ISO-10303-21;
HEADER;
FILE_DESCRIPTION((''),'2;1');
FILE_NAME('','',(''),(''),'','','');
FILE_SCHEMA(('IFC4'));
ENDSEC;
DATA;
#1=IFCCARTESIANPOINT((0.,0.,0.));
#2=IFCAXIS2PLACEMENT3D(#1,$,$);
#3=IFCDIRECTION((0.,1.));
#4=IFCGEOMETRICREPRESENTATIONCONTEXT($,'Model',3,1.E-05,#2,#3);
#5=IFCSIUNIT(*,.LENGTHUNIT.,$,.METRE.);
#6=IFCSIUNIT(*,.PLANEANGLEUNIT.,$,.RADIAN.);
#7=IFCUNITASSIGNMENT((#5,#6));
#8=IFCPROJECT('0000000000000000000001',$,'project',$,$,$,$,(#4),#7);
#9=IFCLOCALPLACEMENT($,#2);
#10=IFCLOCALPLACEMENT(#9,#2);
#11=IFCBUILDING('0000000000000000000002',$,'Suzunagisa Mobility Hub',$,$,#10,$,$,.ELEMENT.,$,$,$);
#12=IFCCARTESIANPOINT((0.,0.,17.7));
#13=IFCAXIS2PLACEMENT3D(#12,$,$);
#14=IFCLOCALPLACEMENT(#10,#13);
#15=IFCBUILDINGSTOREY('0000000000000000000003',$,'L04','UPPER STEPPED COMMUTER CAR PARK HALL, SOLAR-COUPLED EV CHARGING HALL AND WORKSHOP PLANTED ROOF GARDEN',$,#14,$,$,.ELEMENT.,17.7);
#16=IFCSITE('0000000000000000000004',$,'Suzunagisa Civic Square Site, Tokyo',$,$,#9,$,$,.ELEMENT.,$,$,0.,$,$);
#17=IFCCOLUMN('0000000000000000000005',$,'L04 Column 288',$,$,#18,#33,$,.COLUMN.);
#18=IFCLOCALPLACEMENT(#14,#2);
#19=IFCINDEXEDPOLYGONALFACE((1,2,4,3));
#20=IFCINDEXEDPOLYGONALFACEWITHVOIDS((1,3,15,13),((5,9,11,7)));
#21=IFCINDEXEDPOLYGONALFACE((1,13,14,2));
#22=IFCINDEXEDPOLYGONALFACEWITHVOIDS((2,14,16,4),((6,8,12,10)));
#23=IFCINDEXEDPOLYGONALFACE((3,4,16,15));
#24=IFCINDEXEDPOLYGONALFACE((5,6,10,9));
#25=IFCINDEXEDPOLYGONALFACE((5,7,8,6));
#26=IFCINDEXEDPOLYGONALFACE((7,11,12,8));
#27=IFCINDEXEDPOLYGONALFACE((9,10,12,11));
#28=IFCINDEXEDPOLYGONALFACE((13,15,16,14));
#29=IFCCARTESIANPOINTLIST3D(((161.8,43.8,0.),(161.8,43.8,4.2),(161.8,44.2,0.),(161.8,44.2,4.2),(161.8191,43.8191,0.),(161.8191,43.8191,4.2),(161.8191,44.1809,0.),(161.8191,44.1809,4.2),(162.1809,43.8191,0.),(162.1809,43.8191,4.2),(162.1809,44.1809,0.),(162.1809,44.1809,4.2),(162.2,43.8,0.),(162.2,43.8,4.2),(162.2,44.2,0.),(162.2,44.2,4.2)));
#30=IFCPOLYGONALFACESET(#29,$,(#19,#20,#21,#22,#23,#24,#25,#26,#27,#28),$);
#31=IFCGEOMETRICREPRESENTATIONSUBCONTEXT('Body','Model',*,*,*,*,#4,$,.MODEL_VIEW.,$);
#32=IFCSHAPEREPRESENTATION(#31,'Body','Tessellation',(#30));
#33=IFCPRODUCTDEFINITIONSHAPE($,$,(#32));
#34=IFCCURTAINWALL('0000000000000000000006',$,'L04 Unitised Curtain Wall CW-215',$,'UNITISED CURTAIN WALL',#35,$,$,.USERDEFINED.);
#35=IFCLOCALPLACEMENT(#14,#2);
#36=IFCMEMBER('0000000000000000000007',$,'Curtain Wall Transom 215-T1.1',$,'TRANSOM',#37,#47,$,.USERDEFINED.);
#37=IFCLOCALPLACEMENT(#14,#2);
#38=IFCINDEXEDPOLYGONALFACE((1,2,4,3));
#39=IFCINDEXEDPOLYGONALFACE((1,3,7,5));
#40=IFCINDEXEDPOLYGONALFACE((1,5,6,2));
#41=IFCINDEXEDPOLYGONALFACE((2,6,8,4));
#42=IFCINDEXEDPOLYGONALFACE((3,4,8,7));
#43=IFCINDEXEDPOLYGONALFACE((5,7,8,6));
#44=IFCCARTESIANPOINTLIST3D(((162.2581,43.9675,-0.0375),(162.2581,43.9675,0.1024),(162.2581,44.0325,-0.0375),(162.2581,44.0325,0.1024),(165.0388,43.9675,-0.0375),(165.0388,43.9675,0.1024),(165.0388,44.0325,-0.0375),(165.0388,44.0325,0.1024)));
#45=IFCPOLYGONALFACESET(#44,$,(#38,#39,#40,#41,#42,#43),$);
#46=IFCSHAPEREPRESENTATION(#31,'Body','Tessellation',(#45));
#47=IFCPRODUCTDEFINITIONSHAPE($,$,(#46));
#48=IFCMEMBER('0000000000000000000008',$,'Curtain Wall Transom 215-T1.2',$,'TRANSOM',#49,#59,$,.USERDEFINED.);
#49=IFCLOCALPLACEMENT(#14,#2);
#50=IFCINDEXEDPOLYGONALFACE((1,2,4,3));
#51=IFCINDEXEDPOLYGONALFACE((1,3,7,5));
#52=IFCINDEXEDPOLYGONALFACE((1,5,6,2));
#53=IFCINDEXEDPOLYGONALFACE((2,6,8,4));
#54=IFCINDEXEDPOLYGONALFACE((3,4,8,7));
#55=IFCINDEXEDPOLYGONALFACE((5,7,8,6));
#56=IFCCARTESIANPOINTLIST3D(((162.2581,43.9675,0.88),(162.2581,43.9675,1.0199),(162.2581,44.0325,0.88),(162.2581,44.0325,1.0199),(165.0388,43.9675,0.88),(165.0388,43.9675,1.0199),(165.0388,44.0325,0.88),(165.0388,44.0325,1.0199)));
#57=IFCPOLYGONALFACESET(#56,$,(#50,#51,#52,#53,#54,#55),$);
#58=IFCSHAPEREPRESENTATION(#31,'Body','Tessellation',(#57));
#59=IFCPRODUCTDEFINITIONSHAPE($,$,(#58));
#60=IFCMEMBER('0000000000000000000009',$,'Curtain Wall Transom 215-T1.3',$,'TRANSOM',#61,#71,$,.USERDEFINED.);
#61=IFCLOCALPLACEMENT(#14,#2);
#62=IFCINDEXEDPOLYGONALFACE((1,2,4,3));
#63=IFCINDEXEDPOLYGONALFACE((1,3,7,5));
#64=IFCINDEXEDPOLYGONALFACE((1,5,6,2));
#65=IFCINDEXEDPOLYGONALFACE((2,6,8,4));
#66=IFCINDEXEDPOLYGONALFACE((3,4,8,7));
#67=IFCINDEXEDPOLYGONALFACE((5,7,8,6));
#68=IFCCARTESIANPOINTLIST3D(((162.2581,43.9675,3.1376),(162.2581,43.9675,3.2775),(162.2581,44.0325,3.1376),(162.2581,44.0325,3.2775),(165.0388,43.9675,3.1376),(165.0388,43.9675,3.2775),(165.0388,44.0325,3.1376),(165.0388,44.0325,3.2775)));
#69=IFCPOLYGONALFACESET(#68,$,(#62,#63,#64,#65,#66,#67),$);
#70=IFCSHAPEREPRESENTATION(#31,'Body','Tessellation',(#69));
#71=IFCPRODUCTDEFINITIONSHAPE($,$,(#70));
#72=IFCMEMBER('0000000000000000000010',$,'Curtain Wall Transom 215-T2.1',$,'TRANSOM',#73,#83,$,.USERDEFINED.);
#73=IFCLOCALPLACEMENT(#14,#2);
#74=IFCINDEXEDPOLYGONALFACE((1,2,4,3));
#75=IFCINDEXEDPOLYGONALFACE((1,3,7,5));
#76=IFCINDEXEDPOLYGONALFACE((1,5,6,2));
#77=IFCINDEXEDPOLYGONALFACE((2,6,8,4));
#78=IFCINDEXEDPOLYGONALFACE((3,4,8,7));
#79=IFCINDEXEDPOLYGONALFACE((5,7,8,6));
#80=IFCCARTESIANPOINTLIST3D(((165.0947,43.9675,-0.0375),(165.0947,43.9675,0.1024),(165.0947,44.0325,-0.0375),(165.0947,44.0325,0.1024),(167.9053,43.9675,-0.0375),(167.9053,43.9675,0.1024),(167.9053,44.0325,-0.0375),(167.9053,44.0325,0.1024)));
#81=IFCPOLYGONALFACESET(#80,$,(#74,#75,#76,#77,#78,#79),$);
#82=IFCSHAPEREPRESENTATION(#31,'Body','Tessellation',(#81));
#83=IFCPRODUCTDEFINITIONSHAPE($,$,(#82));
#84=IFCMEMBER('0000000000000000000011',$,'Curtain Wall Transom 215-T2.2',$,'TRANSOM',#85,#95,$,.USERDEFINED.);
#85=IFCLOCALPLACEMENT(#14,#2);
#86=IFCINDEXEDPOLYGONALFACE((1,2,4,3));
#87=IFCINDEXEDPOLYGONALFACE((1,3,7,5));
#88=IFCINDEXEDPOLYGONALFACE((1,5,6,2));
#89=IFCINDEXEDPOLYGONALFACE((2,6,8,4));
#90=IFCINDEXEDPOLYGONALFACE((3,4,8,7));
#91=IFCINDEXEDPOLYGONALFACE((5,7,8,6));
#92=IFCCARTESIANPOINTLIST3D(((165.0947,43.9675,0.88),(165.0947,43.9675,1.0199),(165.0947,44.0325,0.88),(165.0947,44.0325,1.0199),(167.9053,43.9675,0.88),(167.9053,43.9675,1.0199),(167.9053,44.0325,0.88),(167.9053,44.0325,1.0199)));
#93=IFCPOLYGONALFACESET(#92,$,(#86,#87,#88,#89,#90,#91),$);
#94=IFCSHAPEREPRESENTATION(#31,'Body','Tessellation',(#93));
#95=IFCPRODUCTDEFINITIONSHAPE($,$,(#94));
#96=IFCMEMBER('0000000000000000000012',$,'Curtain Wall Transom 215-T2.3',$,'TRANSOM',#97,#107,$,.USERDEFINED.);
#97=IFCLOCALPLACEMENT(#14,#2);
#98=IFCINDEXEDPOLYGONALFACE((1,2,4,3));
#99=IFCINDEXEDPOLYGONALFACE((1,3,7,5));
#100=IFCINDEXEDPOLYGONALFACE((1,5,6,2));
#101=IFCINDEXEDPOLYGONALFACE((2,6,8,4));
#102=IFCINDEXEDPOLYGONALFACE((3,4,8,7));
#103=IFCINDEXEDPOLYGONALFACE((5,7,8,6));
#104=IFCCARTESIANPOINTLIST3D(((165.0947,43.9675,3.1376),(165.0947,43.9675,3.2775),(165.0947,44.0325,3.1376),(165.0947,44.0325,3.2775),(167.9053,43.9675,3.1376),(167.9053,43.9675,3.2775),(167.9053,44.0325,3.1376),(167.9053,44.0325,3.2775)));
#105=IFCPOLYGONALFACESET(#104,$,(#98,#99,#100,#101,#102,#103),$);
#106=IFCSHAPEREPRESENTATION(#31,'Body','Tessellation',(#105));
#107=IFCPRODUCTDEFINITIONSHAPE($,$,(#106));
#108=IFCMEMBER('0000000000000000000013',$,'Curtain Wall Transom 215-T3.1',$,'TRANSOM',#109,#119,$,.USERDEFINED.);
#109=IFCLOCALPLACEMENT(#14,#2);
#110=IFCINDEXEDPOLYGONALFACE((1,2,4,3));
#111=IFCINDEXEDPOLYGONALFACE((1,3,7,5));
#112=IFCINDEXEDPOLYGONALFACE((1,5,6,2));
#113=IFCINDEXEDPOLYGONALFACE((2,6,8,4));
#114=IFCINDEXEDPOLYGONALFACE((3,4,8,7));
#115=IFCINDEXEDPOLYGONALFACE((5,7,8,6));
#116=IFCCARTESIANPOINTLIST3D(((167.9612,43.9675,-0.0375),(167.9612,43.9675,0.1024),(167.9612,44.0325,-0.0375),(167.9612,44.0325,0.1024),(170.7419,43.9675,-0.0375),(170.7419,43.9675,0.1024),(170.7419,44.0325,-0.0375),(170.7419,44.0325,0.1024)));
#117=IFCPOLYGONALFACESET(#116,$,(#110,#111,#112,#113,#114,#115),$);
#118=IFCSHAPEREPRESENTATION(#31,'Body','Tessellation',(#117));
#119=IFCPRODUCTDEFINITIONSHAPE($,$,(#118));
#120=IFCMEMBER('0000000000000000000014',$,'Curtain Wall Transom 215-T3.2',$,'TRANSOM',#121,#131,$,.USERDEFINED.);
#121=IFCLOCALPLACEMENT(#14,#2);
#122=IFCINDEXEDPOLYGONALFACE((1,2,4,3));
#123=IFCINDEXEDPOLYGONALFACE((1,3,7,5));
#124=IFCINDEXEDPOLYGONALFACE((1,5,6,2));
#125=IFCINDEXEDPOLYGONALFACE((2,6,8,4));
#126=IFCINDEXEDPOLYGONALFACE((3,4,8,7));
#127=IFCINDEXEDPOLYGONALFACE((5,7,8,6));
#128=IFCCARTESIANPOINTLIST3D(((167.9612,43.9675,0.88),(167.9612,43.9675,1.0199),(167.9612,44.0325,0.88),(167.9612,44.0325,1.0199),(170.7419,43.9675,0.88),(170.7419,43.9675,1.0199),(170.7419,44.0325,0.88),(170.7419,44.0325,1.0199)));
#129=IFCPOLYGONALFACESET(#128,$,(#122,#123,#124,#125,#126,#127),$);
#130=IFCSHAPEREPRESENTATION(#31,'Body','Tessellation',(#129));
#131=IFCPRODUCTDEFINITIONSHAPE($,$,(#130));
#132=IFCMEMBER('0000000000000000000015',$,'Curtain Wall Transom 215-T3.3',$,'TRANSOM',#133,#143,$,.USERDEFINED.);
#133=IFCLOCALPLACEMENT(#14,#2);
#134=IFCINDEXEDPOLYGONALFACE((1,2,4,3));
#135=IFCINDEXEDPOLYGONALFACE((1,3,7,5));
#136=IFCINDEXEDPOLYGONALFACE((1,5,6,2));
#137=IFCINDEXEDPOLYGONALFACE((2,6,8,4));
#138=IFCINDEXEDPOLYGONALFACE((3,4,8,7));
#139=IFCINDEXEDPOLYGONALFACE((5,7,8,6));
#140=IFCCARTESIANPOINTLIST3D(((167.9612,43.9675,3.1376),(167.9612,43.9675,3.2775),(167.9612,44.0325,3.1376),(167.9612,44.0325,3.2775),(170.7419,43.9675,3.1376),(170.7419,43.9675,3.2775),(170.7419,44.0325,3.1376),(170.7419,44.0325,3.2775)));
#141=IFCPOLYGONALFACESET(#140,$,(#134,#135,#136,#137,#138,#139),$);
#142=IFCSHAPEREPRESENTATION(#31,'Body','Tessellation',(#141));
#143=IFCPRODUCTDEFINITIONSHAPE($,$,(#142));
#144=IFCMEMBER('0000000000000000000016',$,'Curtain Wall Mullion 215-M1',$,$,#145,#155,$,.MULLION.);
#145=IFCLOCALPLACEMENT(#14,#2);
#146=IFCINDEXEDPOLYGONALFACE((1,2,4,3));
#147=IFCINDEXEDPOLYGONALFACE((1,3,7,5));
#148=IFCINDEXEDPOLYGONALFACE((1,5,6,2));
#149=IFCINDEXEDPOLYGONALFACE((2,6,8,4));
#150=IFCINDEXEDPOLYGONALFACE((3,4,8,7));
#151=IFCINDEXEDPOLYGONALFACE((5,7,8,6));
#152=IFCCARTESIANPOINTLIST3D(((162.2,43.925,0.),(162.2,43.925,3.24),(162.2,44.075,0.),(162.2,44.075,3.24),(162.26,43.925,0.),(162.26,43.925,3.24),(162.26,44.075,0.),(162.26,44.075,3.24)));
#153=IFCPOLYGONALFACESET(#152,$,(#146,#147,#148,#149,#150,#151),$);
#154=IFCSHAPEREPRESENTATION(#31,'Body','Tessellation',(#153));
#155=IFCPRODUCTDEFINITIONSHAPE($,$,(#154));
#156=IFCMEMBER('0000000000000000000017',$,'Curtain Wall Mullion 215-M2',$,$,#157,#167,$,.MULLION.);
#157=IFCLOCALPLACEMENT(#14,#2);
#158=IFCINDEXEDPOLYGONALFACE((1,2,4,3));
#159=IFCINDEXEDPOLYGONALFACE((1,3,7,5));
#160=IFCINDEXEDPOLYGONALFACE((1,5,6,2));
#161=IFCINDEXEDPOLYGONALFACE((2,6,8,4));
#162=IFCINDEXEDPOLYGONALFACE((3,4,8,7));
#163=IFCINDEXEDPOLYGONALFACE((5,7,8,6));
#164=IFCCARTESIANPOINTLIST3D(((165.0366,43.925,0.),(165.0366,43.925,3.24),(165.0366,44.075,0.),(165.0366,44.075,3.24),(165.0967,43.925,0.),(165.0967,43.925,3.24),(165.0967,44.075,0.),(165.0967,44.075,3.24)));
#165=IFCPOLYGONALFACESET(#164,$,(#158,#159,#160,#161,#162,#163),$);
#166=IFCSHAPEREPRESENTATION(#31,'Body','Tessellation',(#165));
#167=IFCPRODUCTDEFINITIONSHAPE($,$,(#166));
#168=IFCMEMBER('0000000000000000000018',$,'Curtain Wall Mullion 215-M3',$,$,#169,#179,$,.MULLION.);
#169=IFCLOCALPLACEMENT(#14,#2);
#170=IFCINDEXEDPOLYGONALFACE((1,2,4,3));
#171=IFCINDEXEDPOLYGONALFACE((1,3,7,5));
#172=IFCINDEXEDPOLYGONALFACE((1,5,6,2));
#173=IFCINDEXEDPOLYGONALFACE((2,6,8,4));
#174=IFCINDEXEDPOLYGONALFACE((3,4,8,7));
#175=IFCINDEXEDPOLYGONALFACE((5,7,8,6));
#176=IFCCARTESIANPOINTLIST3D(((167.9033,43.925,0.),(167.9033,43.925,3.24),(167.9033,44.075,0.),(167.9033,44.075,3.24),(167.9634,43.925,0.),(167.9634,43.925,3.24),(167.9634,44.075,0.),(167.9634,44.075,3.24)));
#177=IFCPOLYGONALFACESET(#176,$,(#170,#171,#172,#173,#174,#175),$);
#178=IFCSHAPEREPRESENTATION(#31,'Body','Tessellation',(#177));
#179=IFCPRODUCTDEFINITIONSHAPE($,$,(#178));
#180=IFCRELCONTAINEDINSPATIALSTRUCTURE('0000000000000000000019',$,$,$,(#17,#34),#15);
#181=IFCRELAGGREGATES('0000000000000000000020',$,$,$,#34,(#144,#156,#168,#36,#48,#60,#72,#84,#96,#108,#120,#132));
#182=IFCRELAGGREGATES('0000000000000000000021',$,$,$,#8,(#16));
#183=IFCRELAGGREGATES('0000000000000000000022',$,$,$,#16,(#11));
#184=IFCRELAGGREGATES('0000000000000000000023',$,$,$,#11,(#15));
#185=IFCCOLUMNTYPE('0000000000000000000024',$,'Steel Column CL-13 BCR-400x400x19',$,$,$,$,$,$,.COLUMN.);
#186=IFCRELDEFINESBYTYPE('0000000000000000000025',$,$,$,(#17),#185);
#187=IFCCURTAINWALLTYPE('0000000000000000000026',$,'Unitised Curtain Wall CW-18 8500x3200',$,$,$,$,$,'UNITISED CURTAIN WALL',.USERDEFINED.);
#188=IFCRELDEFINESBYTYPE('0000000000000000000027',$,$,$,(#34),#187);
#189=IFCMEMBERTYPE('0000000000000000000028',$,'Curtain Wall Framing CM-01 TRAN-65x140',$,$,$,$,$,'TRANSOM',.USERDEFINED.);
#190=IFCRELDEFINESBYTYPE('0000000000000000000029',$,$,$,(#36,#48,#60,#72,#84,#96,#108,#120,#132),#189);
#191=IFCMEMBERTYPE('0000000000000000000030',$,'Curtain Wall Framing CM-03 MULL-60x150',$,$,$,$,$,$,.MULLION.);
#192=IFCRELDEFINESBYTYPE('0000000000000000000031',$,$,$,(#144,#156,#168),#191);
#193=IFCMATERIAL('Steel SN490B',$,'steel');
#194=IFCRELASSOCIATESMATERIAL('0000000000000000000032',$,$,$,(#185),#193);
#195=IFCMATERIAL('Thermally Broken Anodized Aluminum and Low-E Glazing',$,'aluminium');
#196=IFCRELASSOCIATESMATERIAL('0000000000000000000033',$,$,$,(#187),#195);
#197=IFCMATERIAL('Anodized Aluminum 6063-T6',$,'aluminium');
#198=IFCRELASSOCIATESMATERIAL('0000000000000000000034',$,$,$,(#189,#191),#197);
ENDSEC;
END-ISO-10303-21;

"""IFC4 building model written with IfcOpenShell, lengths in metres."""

from ifc_helpers import new_model, si_unit, direction, frame, origin, origin_2d, place, context, subcontext, project, spatial, rectangle, hollow_rectangle, extrude, material, material_profile, profile_set, type_object, element, aggregate, save


model = new_model("IFC4")

# Units and contexts
model_context = context("Model", 3, precision=1e-05, world=origin(), true_north=direction((0.0, 1.0)))
body_context = subcontext(model_context, "Body", "Model", "MODEL_VIEW")
ifc_project = project(units=[si_unit("LENGTHUNIT", "METRE"), si_unit("PLANEANGLEUNIT", "RADIAN")], contexts=[model_context])

# Site, building, storey
site_placement = place(None, origin())
site = spatial("IfcSite", under=ifc_project, at=site_placement, Name="Suzunagisa Civic Square Site, Tokyo", CompositionType="ELEMENT", RefElevation=0.0)
building_placement = place(site_placement, origin())
building = spatial("IfcBuilding", under=site, at=building_placement, Name="Suzunagisa Mobility Hub", CompositionType="ELEMENT")
storey_placement = place(building_placement, frame((0.0, 0.0, 17.7)))
storey = spatial("IfcBuildingStorey", under=building, at=storey_placement, Name="L04", Description="UPPER STEPPED COMMUTER CAR PARK HALL, SOLAR-COUPLED EV CHARGING HALL AND WORKSHOP PLANTED ROOF GARDEN", CompositionType="ELEMENT", Elevation=17.7)

# Column
ifc_material_1 = material(Name="Steel SN490B", Category="steel")
ifc_material_profile_1 = material_profile(ifc_material_1, hollow_rectangle(XDim=0.3999, YDim=0.3999, WallThickness=0.019, at=origin_2d()), Name="BCR-400x400x19")
ifc_profile_set_1 = profile_set([ifc_material_profile_1], Name="Steel SN490B")
column_type = type_object("IfcColumnType", Name="Steel Column CL-13 BCR-400x400x19", PredefinedType="COLUMN", material=ifc_profile_set_1)
column_placement = place(storey_placement, frame((162.0, 44.0, 0.0), z_axis=(0.0, 0.0, 1.0), x_axis=(1.0, 0.0, 0.0)))
element("IfcColumn", 1, at=column_placement, inside=storey, type_object=column_type, Name="L04 Column 288", PredefinedType="COLUMN", context=body_context, shape_type="SweptSolid", body=[
    extrude(hollow_rectangle(XDim=0.3999, YDim=0.3999, WallThickness=0.019, at=origin_2d()), origin(), (0.0, 0.0, 1.0), 4.2),
])

# Curtain wall, members
ifc_material_2 = material(Name="Thermally Broken Anodized Aluminum and Low-E Glazing", Category="aluminium")
curtain_wall_type = type_object("IfcCurtainWallType", Name="Unitised Curtain Wall CW-18 8500x3200", ElementType="UNITISED CURTAIN WALL", PredefinedType="USERDEFINED", material=ifc_material_2)
curtain_wall_placement = place(storey_placement, origin())
curtain_wall = element("IfcCurtainWall", 2, at=curtain_wall_placement, inside=storey, type_object=curtain_wall_type, Name="L04 Unitised Curtain Wall CW-215", ObjectType="UNITISED CURTAIN WALL", PredefinedType="USERDEFINED")
ifc_material_3 = material(Name="Anodized Aluminum 6063-T6", Category="aluminium")
ifc_material_profile_2 = material_profile(ifc_material_3, rectangle(XDim=0.0649, YDim=0.1399, at=origin_2d()), Name="TRAN-65x140")
ifc_profile_set_2 = profile_set([ifc_material_profile_2], Name="Anodized Aluminum 6063-T6")
member_type_1 = type_object("IfcMemberType", Name="Curtain Wall Framing CM-01 TRAN-65x140", ElementType="TRANSOM", PredefinedType="USERDEFINED", material=ifc_profile_set_2)
member_1_placement = place(storey_placement, frame((162.2581, 44.0, 0.0325), z_axis=(1.0, 0.0, 0.0), x_axis=(0.0, 1.0, 0.0)))
member_1 = element("IfcMember", 3, at=member_1_placement, type_object=member_type_1, Name="Curtain Wall Transom 215-T1.1", ObjectType="TRANSOM", PredefinedType="USERDEFINED", context=body_context, shape_type="SweptSolid", body=[
    extrude(rectangle(XDim=0.0649, YDim=0.1399, at=origin_2d()), origin(), (0.0, 0.0, 1.0), 2.7808),
])
member_2_placement = place(storey_placement, frame((162.2581, 44.0, 0.95), z_axis=(1.0, 0.0, 0.0), x_axis=(0.0, 1.0, 0.0)))
member_2 = element("IfcMember", 4, at=member_2_placement, type_object=member_type_1, Name="Curtain Wall Transom 215-T1.2", ObjectType="TRANSOM", PredefinedType="USERDEFINED", context=body_context, shape_type="SweptSolid", body=[
    extrude(rectangle(XDim=0.0649, YDim=0.1399, at=origin_2d()), origin(), (0.0, 0.0, 1.0), 2.7808),
])
member_3_placement = place(storey_placement, frame((162.2581, 44.0, 3.2075), z_axis=(1.0, 0.0, 0.0), x_axis=(0.0, 1.0, 0.0)))
member_3 = element("IfcMember", 5, at=member_3_placement, type_object=member_type_1, Name="Curtain Wall Transom 215-T1.3", ObjectType="TRANSOM", PredefinedType="USERDEFINED", context=body_context, shape_type="SweptSolid", body=[
    extrude(rectangle(XDim=0.0649, YDim=0.1399, at=origin_2d()), origin(), (0.0, 0.0, 1.0), 2.7808),
])
member_4_placement = place(storey_placement, frame((165.0947, 44.0, 0.0325), z_axis=(1.0, 0.0, 0.0), x_axis=(0.0, 1.0, 0.0)))
member_4 = element("IfcMember", 6, at=member_4_placement, type_object=member_type_1, Name="Curtain Wall Transom 215-T2.1", ObjectType="TRANSOM", PredefinedType="USERDEFINED", context=body_context, shape_type="SweptSolid", body=[
    extrude(rectangle(XDim=0.0649, YDim=0.1399, at=origin_2d()), origin(), (0.0, 0.0, 1.0), 2.8105),
])
member_5_placement = place(storey_placement, frame((165.0947, 44.0, 0.95), z_axis=(1.0, 0.0, 0.0), x_axis=(0.0, 1.0, 0.0)))
member_5 = element("IfcMember", 7, at=member_5_placement, type_object=member_type_1, Name="Curtain Wall Transom 215-T2.2", ObjectType="TRANSOM", PredefinedType="USERDEFINED", context=body_context, shape_type="SweptSolid", body=[
    extrude(rectangle(XDim=0.0649, YDim=0.1399, at=origin_2d()), origin(), (0.0, 0.0, 1.0), 2.8105),
])
member_6_placement = place(storey_placement, frame((165.0947, 44.0, 3.2075), z_axis=(1.0, 0.0, 0.0), x_axis=(0.0, 1.0, 0.0)))
member_6 = element("IfcMember", 8, at=member_6_placement, type_object=member_type_1, Name="Curtain Wall Transom 215-T2.3", ObjectType="TRANSOM", PredefinedType="USERDEFINED", context=body_context, shape_type="SweptSolid", body=[
    extrude(rectangle(XDim=0.0649, YDim=0.1399, at=origin_2d()), origin(), (0.0, 0.0, 1.0), 2.8105),
])
member_7_placement = place(storey_placement, frame((167.9612, 44.0, 0.0325), z_axis=(1.0, 0.0, 0.0), x_axis=(0.0, 1.0, 0.0)))
member_7 = element("IfcMember", 9, at=member_7_placement, type_object=member_type_1, Name="Curtain Wall Transom 215-T3.1", ObjectType="TRANSOM", PredefinedType="USERDEFINED", context=body_context, shape_type="SweptSolid", body=[
    extrude(rectangle(XDim=0.0649, YDim=0.1399, at=origin_2d()), origin(), (0.0, 0.0, 1.0), 2.7808),
])
member_8_placement = place(storey_placement, frame((167.9612, 44.0, 0.95), z_axis=(1.0, 0.0, 0.0), x_axis=(0.0, 1.0, 0.0)))
member_8 = element("IfcMember", 10, at=member_8_placement, type_object=member_type_1, Name="Curtain Wall Transom 215-T3.2", ObjectType="TRANSOM", PredefinedType="USERDEFINED", context=body_context, shape_type="SweptSolid", body=[
    extrude(rectangle(XDim=0.0649, YDim=0.1399, at=origin_2d()), origin(), (0.0, 0.0, 1.0), 2.7808),
])
member_9_placement = place(storey_placement, frame((167.9612, 44.0, 3.2075), z_axis=(1.0, 0.0, 0.0), x_axis=(0.0, 1.0, 0.0)))
member_9 = element("IfcMember", 11, at=member_9_placement, type_object=member_type_1, Name="Curtain Wall Transom 215-T3.3", ObjectType="TRANSOM", PredefinedType="USERDEFINED", context=body_context, shape_type="SweptSolid", body=[
    extrude(rectangle(XDim=0.0649, YDim=0.1399, at=origin_2d()), origin(), (0.0, 0.0, 1.0), 2.7808),
])
ifc_material_profile_3 = material_profile(ifc_material_3, rectangle(XDim=0.0601, YDim=0.1499, at=origin_2d()), Name="MULL-60x150")
ifc_profile_set_3 = profile_set([ifc_material_profile_3], Name="Anodized Aluminum 6063-T6")
member_type_2 = type_object("IfcMemberType", Name="Curtain Wall Framing CM-03 MULL-60x150", PredefinedType="MULLION", material=ifc_profile_set_3)
member_10_placement = place(storey_placement, frame((162.23, 44.0, 0.0), z_axis=(0.0, 0.0, 1.0), x_axis=(1.0, 0.0, 0.0)))
member_10 = element("IfcMember", 12, at=member_10_placement, type_object=member_type_2, Name="Curtain Wall Mullion 215-M1", PredefinedType="MULLION", context=body_context, shape_type="SweptSolid", body=[
    extrude(rectangle(XDim=0.0601, YDim=0.1499, at=origin_2d()), origin(), (0.0, 0.0, 1.0), 3.24),
])
member_11_placement = place(storey_placement, frame((165.0667, 44.0, 0.0), z_axis=(0.0, 0.0, 1.0), x_axis=(1.0, 0.0, 0.0)))
member_11 = element("IfcMember", 13, at=member_11_placement, type_object=member_type_2, Name="Curtain Wall Mullion 215-M2", PredefinedType="MULLION", context=body_context, shape_type="SweptSolid", body=[
    extrude(rectangle(XDim=0.0601, YDim=0.1499, at=origin_2d()), origin(), (0.0, 0.0, 1.0), 3.24),
])
member_12_placement = place(storey_placement, frame((167.9333, 44.0, 0.0), z_axis=(0.0, 0.0, 1.0), x_axis=(1.0, 0.0, 0.0)))
member_12 = element("IfcMember", 14, at=member_12_placement, type_object=member_type_2, Name="Curtain Wall Mullion 215-M3", PredefinedType="MULLION", context=body_context, shape_type="SweptSolid", body=[
    extrude(rectangle(XDim=0.0601, YDim=0.1499, at=origin_2d()), origin(), (0.0, 0.0, 1.0), 3.24),
])

aggregate(curtain_wall, [member_10, member_11, member_12, member_1, member_2, member_3, member_4, member_5, member_6, member_7, member_8, member_9])

save(model, "model.ifc")
